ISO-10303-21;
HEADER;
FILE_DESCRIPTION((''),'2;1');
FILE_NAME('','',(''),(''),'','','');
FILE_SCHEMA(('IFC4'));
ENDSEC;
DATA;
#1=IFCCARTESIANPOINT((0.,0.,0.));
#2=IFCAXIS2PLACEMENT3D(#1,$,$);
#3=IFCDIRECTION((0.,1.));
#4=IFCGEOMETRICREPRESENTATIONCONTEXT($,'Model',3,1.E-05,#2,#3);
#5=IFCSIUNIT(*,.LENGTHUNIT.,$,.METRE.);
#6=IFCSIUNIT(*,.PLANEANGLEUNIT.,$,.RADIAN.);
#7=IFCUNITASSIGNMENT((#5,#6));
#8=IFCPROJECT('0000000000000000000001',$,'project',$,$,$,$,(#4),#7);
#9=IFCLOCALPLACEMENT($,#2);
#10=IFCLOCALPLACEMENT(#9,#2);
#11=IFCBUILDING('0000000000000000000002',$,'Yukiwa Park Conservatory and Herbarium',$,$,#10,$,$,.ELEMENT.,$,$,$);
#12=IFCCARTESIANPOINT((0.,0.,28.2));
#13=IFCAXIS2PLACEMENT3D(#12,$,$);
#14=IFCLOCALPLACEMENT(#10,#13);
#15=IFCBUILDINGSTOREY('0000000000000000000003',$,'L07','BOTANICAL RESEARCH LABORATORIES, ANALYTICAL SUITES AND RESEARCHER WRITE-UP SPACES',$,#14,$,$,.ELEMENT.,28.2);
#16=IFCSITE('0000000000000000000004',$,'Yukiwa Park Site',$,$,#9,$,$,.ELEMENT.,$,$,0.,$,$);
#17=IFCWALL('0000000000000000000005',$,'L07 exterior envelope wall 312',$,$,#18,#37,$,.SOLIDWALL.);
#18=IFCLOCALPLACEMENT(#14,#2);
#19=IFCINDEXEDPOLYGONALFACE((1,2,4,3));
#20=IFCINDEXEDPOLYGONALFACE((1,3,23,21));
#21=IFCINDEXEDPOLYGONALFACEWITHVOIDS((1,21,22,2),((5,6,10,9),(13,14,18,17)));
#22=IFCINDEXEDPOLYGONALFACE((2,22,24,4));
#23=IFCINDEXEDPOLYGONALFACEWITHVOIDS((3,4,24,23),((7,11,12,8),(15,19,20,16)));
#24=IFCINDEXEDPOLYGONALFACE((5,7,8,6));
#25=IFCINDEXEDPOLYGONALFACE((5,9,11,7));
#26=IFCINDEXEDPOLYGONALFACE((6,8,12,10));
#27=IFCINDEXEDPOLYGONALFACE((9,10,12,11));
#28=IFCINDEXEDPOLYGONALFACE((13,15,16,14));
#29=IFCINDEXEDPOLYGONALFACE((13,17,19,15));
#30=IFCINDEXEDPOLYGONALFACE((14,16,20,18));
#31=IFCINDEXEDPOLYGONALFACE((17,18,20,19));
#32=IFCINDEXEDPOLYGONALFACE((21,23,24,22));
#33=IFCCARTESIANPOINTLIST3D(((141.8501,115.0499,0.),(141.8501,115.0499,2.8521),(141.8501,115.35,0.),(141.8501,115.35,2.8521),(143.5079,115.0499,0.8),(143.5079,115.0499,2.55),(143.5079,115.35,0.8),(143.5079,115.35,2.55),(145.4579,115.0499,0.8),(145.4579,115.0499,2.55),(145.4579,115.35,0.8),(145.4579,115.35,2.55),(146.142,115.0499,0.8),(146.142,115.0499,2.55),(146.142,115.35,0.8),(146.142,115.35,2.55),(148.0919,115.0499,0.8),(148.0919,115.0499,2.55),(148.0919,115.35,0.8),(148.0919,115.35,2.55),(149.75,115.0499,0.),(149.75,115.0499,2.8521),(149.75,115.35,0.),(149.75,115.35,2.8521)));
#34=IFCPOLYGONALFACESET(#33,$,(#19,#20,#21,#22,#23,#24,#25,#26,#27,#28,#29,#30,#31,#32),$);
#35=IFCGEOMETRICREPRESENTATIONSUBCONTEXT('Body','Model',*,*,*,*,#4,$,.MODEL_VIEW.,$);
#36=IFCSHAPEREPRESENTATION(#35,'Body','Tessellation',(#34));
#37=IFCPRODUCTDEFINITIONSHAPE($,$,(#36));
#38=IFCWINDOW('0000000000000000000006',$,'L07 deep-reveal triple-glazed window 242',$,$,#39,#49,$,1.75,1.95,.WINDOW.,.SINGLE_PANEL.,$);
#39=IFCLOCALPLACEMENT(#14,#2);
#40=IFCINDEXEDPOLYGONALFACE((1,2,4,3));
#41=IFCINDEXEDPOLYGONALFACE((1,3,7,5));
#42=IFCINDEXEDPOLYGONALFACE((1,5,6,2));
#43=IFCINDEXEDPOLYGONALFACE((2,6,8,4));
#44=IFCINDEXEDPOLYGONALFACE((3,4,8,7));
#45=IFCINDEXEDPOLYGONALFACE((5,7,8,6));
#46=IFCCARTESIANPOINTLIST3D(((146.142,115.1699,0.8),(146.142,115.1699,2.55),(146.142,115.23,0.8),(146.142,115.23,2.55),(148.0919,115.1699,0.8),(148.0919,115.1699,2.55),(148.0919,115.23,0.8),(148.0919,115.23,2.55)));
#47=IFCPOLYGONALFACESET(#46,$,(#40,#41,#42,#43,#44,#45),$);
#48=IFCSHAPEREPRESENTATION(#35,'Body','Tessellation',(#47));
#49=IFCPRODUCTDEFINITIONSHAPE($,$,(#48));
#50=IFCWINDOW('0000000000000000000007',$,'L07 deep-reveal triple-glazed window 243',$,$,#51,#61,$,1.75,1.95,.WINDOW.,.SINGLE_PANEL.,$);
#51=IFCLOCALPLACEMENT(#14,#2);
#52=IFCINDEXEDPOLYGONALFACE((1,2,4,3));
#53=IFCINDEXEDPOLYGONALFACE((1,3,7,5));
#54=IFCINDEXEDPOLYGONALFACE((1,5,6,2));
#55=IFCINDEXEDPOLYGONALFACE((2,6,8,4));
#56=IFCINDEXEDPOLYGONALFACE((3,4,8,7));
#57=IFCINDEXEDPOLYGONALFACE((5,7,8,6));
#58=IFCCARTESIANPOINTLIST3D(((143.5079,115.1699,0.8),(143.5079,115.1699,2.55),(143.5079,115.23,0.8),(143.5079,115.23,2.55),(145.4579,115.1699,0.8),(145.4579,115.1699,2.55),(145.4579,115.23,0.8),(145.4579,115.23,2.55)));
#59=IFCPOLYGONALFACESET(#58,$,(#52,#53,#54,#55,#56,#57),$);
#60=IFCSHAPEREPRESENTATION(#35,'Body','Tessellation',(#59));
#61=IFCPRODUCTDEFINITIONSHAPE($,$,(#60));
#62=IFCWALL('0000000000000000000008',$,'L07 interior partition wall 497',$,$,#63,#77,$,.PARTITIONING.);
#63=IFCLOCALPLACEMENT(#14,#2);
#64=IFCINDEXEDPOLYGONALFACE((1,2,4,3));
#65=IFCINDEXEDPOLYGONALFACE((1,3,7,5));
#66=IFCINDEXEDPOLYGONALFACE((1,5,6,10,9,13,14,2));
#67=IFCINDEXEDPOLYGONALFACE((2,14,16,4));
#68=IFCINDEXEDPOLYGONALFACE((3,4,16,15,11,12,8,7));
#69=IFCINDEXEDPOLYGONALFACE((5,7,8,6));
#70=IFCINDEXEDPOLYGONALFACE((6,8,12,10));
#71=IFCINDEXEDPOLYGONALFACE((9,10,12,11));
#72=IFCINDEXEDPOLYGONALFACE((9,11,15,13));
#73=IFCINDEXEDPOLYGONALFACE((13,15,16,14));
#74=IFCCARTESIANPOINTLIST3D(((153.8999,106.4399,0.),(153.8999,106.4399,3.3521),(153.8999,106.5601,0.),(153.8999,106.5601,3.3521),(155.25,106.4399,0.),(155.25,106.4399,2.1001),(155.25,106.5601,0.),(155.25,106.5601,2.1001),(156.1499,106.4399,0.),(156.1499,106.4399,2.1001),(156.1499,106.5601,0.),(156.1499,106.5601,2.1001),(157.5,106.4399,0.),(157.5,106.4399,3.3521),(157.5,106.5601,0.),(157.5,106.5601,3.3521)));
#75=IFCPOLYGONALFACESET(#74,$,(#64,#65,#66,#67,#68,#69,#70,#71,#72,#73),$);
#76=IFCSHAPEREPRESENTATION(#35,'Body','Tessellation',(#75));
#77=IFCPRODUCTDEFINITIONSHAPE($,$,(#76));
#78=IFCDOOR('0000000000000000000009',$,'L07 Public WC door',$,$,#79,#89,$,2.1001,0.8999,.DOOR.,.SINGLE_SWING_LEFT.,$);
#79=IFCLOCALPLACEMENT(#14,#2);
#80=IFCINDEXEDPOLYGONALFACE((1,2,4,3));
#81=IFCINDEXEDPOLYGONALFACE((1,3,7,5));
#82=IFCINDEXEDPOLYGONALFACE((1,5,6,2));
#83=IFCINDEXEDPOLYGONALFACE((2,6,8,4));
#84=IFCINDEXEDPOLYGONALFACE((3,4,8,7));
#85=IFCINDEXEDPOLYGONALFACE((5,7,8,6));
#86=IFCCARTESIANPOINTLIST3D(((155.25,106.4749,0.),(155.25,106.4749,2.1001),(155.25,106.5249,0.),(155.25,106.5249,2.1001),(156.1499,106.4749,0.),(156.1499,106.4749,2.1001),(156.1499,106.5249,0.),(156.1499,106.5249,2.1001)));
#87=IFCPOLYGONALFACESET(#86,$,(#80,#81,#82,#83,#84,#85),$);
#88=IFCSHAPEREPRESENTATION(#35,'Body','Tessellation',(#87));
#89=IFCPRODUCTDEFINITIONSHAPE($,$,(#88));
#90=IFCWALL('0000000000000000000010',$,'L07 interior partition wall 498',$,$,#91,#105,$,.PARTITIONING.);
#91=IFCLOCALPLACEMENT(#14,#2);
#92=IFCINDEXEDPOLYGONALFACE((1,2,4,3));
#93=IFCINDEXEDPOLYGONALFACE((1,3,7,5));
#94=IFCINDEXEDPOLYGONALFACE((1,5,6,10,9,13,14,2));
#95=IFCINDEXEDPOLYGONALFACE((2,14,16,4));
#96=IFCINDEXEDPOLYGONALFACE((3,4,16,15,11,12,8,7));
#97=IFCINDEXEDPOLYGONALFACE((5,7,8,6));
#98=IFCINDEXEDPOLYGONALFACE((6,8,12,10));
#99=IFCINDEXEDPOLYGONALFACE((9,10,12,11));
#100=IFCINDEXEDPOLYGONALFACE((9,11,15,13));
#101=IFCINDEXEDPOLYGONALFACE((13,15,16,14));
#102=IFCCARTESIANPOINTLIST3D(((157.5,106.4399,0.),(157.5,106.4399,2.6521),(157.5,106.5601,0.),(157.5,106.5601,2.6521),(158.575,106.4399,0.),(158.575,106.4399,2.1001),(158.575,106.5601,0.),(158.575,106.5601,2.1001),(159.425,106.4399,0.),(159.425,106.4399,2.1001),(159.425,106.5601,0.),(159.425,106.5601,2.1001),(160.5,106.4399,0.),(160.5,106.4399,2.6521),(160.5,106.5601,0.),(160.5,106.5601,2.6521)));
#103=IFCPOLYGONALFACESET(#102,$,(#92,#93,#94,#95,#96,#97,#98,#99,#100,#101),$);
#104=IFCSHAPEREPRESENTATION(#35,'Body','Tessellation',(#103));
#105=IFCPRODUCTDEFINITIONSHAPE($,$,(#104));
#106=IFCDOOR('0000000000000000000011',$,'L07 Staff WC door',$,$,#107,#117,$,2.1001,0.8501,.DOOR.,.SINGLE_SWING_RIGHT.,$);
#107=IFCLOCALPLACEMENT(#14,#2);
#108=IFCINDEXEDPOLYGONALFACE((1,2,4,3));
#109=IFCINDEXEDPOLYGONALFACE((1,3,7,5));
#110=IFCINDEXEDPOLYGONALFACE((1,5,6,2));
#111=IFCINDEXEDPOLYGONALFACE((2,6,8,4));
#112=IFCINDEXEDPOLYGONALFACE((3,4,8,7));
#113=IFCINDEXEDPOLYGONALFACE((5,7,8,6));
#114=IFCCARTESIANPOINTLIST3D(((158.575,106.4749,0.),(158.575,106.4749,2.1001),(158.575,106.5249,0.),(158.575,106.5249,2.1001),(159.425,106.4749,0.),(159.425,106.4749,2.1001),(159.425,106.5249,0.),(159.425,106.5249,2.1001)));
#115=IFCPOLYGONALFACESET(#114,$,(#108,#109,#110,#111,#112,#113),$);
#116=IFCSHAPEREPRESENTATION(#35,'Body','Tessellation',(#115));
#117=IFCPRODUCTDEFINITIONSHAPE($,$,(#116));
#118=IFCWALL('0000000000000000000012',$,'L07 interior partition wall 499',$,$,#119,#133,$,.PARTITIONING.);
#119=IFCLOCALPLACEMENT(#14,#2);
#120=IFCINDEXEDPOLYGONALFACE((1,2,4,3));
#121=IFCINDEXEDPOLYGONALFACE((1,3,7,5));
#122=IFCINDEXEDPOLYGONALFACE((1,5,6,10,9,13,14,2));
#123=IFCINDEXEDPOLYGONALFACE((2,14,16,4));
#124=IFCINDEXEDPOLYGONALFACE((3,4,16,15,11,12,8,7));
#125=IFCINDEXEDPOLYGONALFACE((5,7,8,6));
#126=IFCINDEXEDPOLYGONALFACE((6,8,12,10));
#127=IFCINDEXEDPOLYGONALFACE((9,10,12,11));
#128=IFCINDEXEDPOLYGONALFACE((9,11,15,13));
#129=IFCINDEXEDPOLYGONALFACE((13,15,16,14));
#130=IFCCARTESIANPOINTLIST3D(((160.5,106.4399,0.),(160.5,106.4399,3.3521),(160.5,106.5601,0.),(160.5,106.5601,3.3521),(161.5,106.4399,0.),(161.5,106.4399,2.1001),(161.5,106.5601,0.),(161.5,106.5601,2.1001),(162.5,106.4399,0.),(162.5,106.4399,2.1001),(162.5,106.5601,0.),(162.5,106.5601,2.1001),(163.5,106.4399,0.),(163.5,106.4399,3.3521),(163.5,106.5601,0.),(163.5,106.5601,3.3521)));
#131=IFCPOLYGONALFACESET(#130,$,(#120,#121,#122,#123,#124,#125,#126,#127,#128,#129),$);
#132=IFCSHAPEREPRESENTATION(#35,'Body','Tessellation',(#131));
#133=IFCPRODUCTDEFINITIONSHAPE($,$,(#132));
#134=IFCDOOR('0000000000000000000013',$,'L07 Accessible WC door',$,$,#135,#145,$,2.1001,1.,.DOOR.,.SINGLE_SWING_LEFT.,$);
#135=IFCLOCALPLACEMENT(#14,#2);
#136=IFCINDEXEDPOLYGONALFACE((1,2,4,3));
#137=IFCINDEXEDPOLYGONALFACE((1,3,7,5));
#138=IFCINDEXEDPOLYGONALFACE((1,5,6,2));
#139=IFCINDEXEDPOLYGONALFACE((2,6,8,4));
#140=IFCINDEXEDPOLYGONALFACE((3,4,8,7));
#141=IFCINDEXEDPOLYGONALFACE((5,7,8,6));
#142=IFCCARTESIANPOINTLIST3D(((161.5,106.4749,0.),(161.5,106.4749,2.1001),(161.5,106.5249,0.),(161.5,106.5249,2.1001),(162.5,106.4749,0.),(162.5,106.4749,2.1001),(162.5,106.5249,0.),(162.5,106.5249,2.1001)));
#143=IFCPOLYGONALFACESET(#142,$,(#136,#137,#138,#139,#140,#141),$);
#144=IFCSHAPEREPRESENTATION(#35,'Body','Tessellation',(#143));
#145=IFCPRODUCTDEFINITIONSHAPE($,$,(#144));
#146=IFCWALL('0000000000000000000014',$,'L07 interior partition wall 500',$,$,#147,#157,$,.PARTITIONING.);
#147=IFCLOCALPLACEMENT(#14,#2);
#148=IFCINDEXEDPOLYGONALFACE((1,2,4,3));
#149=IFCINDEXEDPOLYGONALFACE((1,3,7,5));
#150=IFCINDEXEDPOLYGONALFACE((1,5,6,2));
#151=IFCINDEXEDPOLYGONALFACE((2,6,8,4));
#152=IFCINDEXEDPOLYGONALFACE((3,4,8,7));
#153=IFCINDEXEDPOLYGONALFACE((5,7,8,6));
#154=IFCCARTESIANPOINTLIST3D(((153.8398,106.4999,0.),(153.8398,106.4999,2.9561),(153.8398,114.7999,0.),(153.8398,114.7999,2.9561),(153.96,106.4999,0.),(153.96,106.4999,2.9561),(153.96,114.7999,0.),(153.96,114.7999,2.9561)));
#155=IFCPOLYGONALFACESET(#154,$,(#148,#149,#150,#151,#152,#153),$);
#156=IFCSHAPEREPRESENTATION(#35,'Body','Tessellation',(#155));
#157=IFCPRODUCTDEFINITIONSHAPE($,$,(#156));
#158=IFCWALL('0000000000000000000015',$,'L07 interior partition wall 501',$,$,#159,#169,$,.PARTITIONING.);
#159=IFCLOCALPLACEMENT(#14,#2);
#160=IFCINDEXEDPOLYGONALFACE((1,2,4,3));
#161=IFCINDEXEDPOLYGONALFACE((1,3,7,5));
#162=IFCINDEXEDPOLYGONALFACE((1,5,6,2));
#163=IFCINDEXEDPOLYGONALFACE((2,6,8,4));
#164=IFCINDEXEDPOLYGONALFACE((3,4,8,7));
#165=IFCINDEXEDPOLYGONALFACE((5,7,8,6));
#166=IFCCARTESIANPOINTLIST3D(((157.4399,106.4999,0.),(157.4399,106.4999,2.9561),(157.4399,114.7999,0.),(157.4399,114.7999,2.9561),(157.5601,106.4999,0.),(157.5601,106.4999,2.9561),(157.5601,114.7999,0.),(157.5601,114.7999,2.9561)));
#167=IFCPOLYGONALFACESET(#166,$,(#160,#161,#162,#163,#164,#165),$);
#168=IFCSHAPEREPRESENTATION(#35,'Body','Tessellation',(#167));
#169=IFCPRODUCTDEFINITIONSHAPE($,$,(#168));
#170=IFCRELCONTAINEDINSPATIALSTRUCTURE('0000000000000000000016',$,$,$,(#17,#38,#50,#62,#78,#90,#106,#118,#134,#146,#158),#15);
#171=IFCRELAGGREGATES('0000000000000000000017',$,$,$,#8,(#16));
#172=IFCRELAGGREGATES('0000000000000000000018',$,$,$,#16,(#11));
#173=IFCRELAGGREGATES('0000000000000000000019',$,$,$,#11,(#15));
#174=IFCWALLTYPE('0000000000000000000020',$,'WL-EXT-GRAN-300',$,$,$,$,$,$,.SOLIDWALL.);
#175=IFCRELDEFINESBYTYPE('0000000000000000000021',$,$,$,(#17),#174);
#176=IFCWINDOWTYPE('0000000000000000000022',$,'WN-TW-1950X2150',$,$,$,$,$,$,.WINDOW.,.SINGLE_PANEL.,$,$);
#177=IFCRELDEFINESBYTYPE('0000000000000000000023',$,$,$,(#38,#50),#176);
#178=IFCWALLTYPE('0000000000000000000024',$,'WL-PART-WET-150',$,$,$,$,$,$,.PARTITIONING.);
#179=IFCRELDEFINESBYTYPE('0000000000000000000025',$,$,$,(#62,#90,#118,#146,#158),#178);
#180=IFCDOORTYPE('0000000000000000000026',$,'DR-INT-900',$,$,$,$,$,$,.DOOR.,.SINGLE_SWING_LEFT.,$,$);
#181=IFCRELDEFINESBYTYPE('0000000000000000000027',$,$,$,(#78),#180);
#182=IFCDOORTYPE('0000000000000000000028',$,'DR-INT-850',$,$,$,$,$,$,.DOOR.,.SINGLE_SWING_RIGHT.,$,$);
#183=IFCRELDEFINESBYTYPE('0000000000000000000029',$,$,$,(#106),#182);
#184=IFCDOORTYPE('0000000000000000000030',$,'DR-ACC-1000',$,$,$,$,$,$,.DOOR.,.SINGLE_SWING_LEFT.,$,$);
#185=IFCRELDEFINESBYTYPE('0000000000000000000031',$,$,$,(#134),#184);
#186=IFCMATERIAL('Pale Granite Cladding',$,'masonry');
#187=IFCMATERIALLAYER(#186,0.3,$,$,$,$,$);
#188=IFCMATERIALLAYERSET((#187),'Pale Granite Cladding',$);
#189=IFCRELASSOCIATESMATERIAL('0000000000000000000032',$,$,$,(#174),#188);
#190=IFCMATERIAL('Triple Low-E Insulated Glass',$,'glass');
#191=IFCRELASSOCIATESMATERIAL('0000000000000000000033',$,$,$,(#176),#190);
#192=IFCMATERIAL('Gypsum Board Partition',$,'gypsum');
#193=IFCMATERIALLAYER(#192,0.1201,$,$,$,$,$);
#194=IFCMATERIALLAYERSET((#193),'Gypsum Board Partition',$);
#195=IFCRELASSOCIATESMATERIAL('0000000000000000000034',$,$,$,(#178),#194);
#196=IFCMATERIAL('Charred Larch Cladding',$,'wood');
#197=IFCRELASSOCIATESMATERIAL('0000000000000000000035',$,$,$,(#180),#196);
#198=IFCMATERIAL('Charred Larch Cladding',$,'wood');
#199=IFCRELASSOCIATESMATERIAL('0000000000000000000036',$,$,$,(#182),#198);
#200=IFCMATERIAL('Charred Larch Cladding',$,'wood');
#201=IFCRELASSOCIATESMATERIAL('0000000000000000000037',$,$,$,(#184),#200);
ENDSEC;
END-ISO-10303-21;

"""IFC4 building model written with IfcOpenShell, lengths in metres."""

from ifc_helpers import new_model, si_unit, direction, frame, frame_2d, origin, place, context, subcontext, project, spatial, rectangle, extrude, material, layer, layer_set, type_object, element, fill, save


model = new_model("IFC4")

# Units and contexts
model_context = context("Model", 3, precision=1e-05, world=origin(), true_north=direction((0.0, 1.0)))
body_context = subcontext(model_context, "Body", "Model", "MODEL_VIEW")
ifc_project = project(units=[si_unit("LENGTHUNIT", "METRE"), si_unit("PLANEANGLEUNIT", "RADIAN")], contexts=[model_context])

# Site, building, storey
site_placement = place(None, origin())
site = spatial("IfcSite", under=ifc_project, at=site_placement, Name="Yukiwa Park Site", CompositionType="ELEMENT", RefElevation=0.0)
building_placement = place(site_placement, origin())
building = spatial("IfcBuilding", under=site, at=building_placement, Name="Yukiwa Park Conservatory and Herbarium", CompositionType="ELEMENT")
storey_placement = place(building_placement, frame((0.0, 0.0, 28.2)))
storey = spatial("IfcBuildingStorey", under=building, at=storey_placement, Name="L07", Description="BOTANICAL RESEARCH LABORATORIES, ANALYTICAL SUITES AND RESEARCHER WRITE-UP SPACES", CompositionType="ELEMENT", Elevation=28.2)

# Shared definitions
ifc_material_1 = material(Name="Pale Granite Cladding", Category="masonry")
ifc_layer_1 = layer(ifc_material_1, 0.3)
ifc_layer_set_1 = layer_set([ifc_layer_1], Name="Pale Granite Cladding")
wall_type_1 = type_object("IfcWallType", Name="WL-EXT-GRAN-300", PredefinedType="SOLIDWALL", material=ifc_layer_set_1)

# Wall, openings, windows
wall_1_placement = place(storey_placement, frame((149.75, 115.2, 0.0), z_axis=(0.0, 0.0, 1.0), x_axis=(-1.0, 0.0, 0.0)))
wall_1 = element("IfcWall", 1, at=wall_1_placement, inside=storey, type_object=wall_type_1, Name="L07 exterior envelope wall 312", PredefinedType="SOLIDWALL", context=body_context, shape_type="SweptSolid", body=[
    extrude(rectangle(XDim=7.8999, YDim=0.3, at=frame_2d((3.95, 0.0))), origin(), (0.0, 0.0, 1.0), 2.8521),
])
opening_1_placement = place(wall_1_placement, frame((1.658, 0.0, 0.8)))
opening_1 = element("IfcOpeningElement", 2, at=opening_1_placement, cuts=wall_1, PredefinedType="OPENING", context=body_context, shape_type="SweptSolid", body=[
    extrude(rectangle(XDim=1.95, YDim=1.75, at=frame_2d((0.9751, 0.875))), frame((0.0, 0.1602, 0.0), z_axis=(0.0, -1.0, 0.0), x_axis=(1.0, 0.0, 0.0)), (0.0, 0.0, 1.0), 0.3201),
])
opening_2_placement = place(wall_1_placement, frame((4.292, 0.0, 0.8)))
opening_2 = element("IfcOpeningElement", 3, at=opening_2_placement, cuts=wall_1, PredefinedType="OPENING", context=body_context, shape_type="SweptSolid", body=[
    extrude(rectangle(XDim=1.95, YDim=1.75, at=frame_2d((0.9751, 0.875))), frame((0.0, 0.1602, 0.0), z_axis=(0.0, -1.0, 0.0), x_axis=(1.0, 0.0, 0.0)), (0.0, 0.0, 1.0), 0.3201),
])
ifc_material_2 = material(Name="Triple Low-E Insulated Glass", Category="glass")
window_type = type_object("IfcWindowType", Name="WN-TW-1950X2150", PartitioningType="SINGLE_PANEL", PredefinedType="WINDOW", material=ifc_material_2)
window_1_placement = place(opening_1_placement, origin())
window_1 = element("IfcWindow", 4, at=window_1_placement, inside=storey, type_object=window_type, Name="L07 deep-reveal triple-glazed window 242", OverallHeight=1.75, OverallWidth=1.95, PartitioningType="SINGLE_PANEL", PredefinedType="WINDOW", context=body_context, shape_type="SweptSolid", body=[
    extrude(rectangle(XDim=1.95, YDim=1.75, at=frame_2d((0.9751, 0.875))), frame((0.0, 0.03, 0.0), z_axis=(0.0, -1.0, 0.0), x_axis=(1.0, 0.0, 0.0)), (0.0, 0.0, 1.0), 0.0601),
])
fill(opening_1, window_1)
window_2_placement = place(opening_2_placement, origin())
window_2 = element("IfcWindow", 5, at=window_2_placement, inside=storey, type_object=window_type, Name="L07 deep-reveal triple-glazed window 243", OverallHeight=1.75, OverallWidth=1.95, PartitioningType="SINGLE_PANEL", PredefinedType="WINDOW", context=body_context, shape_type="SweptSolid", body=[
    extrude(rectangle(XDim=1.95, YDim=1.75, at=frame_2d((0.9751, 0.875))), frame((0.0, 0.03, 0.0), z_axis=(0.0, -1.0, 0.0), x_axis=(1.0, 0.0, 0.0)), (0.0, 0.0, 1.0), 0.0601),
])
fill(opening_2, window_2)

# Walls, openings, doors
ifc_material_3 = material(Name="Gypsum Board Partition", Category="gypsum")
ifc_layer_2 = layer(ifc_material_3, 0.1201)
ifc_layer_set_2 = layer_set([ifc_layer_2], Name="Gypsum Board Partition")
wall_type_2 = type_object("IfcWallType", Name="WL-PART-WET-150", PredefinedType="PARTITIONING", material=ifc_layer_set_2)
wall_2_placement = place(storey_placement, frame((153.8999, 106.5, 0.0), z_axis=(0.0, 0.0, 1.0), x_axis=(1.0, 0.0, 0.0)))
wall_2 = element("IfcWall", 6, at=wall_2_placement, inside=storey, type_object=wall_type_2, Name="L07 interior partition wall 497", PredefinedType="PARTITIONING", context=body_context, shape_type="SweptSolid", body=[
    extrude(rectangle(XDim=3.6001, YDim=0.1201, at=frame_2d((1.8, 0.0))), origin(), (0.0, 0.0, 1.0), 3.3521),
])
opening_3_placement = place(wall_2_placement, frame((1.3501, 0.0, 0.0)))
opening_3 = element("IfcOpeningElement", 7, at=opening_3_placement, cuts=wall_2, PredefinedType="OPENING", context=body_context, shape_type="SweptSolid", body=[
    extrude(rectangle(XDim=0.8999, YDim=2.1001, at=frame_2d((0.45, 1.05))), frame((0.0, 0.0701, 0.0), z_axis=(0.0, -1.0, 0.0), x_axis=(1.0, 0.0, 0.0)), (0.0, 0.0, 1.0), 0.1401),
])
ifc_material_4 = material(Name="Charred Larch Cladding", Category="wood")
door_type_1 = type_object("IfcDoorType", Name="DR-INT-900", OperationType="SINGLE_SWING_LEFT", PredefinedType="DOOR", material=ifc_material_4)
door_1_placement = place(opening_3_placement, origin())
door_1 = element("IfcDoor", 8, at=door_1_placement, inside=storey, type_object=door_type_1, Name="L07 Public WC door", OperationType="SINGLE_SWING_LEFT", OverallHeight=2.1001, OverallWidth=0.8999, PredefinedType="DOOR", context=body_context, shape_type="SweptSolid", body=[
    extrude(rectangle(XDim=0.8999, YDim=2.1001, at=frame_2d((0.45, 1.05))), frame((0.0, 0.0249, 0.0), z_axis=(0.0, -1.0, 0.0), x_axis=(1.0, 0.0, 0.0)), (0.0, 0.0, 1.0), 0.05),
])
fill(opening_3, door_1)
wall_3_placement = place(storey_placement, frame((157.5, 106.5, 0.0), z_axis=(0.0, 0.0, 1.0), x_axis=(1.0, 0.0, 0.0)))
wall_3 = element("IfcWall", 9, at=wall_3_placement, inside=storey, type_object=wall_type_2, Name="L07 interior partition wall 498", PredefinedType="PARTITIONING", context=body_context, shape_type="SweptSolid", body=[
    extrude(rectangle(XDim=3.0, YDim=0.1201, at=frame_2d((1.5, 0.0))), origin(), (0.0, 0.0, 1.0), 2.6521),
])
opening_4_placement = place(wall_3_placement, frame((1.075, 0.0, 0.0)))
opening_4 = element("IfcOpeningElement", 10, at=opening_4_placement, cuts=wall_3, PredefinedType="OPENING", context=body_context, shape_type="SweptSolid", body=[
    extrude(rectangle(XDim=0.8501, YDim=2.1001, at=frame_2d((0.425, 1.05))), frame((0.0, 0.0701, 0.0), z_axis=(0.0, -1.0, 0.0), x_axis=(1.0, 0.0, 0.0)), (0.0, 0.0, 1.0), 0.1401),
])
ifc_material_5 = material(Name="Charred Larch Cladding", Category="wood")
door_type_2 = type_object("IfcDoorType", Name="DR-INT-850", OperationType="SINGLE_SWING_RIGHT", PredefinedType="DOOR", material=ifc_material_5)
door_2_placement = place(opening_4_placement, origin())
door_2 = element("IfcDoor", 11, at=door_2_placement, inside=storey, type_object=door_type_2, Name="L07 Staff WC door", OperationType="SINGLE_SWING_RIGHT", OverallHeight=2.1001, OverallWidth=0.8501, PredefinedType="DOOR", context=body_context, shape_type="SweptSolid", body=[
    extrude(rectangle(XDim=0.8501, YDim=2.1001, at=frame_2d((0.425, 1.05))), frame((0.0, 0.0249, 0.0), z_axis=(0.0, -1.0, 0.0), x_axis=(1.0, 0.0, 0.0)), (0.0, 0.0, 1.0), 0.05),
])
fill(opening_4, door_2)
wall_4_placement = place(storey_placement, frame((160.5, 106.5, 0.0), z_axis=(0.0, 0.0, 1.0), x_axis=(1.0, 0.0, 0.0)))
wall_4 = element("IfcWall", 12, at=wall_4_placement, inside=storey, type_object=wall_type_2, Name="L07 interior partition wall 499", PredefinedType="PARTITIONING", context=body_context, shape_type="SweptSolid", body=[
    extrude(rectangle(XDim=3.0, YDim=0.1201, at=frame_2d((1.5, 0.0))), origin(), (0.0, 0.0, 1.0), 3.3521),
])
opening_5_placement = place(wall_4_placement, frame((1.0, 0.0, 0.0)))
opening_5 = element("IfcOpeningElement", 13, at=opening_5_placement, cuts=wall_4, PredefinedType="OPENING", context=body_context, shape_type="SweptSolid", body=[
    extrude(rectangle(XDim=1.0, YDim=2.1001, at=frame_2d((0.5, 1.05))), frame((0.0, 0.0701, 0.0), z_axis=(0.0, -1.0, 0.0), x_axis=(1.0, 0.0, 0.0)), (0.0, 0.0, 1.0), 0.1401),
])
ifc_material_6 = material(Name="Charred Larch Cladding", Category="wood")
door_type_3 = type_object("IfcDoorType", Name="DR-ACC-1000", OperationType="SINGLE_SWING_LEFT", PredefinedType="DOOR", material=ifc_material_6)
door_3_placement = place(opening_5_placement, origin())
door_3 = element("IfcDoor", 14, at=door_3_placement, inside=storey, type_object=door_type_3, Name="L07 Accessible WC door", OperationType="SINGLE_SWING_LEFT", OverallHeight=2.1001, OverallWidth=1.0, PredefinedType="DOOR", context=body_context, shape_type="SweptSolid", body=[
    extrude(rectangle(XDim=1.0, YDim=2.1001, at=frame_2d((0.5, 1.05))), frame((0.0, 0.0249, 0.0), z_axis=(0.0, -1.0, 0.0), x_axis=(1.0, 0.0, 0.0)), (0.0, 0.0, 1.0), 0.05),
])
fill(opening_5, door_3)

# Walls
for number, where, z_axis, x_axis, name in (
    (15, (153.8999, 106.5, 0.0), (0.0, 0.0, 1.0), (0.0, 1.0, 0.0), "L07 interior partition wall 500"),
    (16, (157.5, 106.5, 0.0), (0.0, 0.0, 1.0), (0.0, 1.0, 0.0), "L07 interior partition wall 501"),
):
    element("IfcWall", number, at=place(storey_placement, frame(where, z_axis=z_axis, x_axis=x_axis)), inside=storey, type_object=wall_type_2, Name=name, PredefinedType="PARTITIONING", context=body_context, shape_type="SweptSolid", body=[
        extrude(rectangle(XDim=8.3, YDim=0.1201, at=frame_2d((4.1499, 0.0))), origin(), (0.0, 0.0, 1.0), 2.9561),
    ])

save(model, "model.ifc")
